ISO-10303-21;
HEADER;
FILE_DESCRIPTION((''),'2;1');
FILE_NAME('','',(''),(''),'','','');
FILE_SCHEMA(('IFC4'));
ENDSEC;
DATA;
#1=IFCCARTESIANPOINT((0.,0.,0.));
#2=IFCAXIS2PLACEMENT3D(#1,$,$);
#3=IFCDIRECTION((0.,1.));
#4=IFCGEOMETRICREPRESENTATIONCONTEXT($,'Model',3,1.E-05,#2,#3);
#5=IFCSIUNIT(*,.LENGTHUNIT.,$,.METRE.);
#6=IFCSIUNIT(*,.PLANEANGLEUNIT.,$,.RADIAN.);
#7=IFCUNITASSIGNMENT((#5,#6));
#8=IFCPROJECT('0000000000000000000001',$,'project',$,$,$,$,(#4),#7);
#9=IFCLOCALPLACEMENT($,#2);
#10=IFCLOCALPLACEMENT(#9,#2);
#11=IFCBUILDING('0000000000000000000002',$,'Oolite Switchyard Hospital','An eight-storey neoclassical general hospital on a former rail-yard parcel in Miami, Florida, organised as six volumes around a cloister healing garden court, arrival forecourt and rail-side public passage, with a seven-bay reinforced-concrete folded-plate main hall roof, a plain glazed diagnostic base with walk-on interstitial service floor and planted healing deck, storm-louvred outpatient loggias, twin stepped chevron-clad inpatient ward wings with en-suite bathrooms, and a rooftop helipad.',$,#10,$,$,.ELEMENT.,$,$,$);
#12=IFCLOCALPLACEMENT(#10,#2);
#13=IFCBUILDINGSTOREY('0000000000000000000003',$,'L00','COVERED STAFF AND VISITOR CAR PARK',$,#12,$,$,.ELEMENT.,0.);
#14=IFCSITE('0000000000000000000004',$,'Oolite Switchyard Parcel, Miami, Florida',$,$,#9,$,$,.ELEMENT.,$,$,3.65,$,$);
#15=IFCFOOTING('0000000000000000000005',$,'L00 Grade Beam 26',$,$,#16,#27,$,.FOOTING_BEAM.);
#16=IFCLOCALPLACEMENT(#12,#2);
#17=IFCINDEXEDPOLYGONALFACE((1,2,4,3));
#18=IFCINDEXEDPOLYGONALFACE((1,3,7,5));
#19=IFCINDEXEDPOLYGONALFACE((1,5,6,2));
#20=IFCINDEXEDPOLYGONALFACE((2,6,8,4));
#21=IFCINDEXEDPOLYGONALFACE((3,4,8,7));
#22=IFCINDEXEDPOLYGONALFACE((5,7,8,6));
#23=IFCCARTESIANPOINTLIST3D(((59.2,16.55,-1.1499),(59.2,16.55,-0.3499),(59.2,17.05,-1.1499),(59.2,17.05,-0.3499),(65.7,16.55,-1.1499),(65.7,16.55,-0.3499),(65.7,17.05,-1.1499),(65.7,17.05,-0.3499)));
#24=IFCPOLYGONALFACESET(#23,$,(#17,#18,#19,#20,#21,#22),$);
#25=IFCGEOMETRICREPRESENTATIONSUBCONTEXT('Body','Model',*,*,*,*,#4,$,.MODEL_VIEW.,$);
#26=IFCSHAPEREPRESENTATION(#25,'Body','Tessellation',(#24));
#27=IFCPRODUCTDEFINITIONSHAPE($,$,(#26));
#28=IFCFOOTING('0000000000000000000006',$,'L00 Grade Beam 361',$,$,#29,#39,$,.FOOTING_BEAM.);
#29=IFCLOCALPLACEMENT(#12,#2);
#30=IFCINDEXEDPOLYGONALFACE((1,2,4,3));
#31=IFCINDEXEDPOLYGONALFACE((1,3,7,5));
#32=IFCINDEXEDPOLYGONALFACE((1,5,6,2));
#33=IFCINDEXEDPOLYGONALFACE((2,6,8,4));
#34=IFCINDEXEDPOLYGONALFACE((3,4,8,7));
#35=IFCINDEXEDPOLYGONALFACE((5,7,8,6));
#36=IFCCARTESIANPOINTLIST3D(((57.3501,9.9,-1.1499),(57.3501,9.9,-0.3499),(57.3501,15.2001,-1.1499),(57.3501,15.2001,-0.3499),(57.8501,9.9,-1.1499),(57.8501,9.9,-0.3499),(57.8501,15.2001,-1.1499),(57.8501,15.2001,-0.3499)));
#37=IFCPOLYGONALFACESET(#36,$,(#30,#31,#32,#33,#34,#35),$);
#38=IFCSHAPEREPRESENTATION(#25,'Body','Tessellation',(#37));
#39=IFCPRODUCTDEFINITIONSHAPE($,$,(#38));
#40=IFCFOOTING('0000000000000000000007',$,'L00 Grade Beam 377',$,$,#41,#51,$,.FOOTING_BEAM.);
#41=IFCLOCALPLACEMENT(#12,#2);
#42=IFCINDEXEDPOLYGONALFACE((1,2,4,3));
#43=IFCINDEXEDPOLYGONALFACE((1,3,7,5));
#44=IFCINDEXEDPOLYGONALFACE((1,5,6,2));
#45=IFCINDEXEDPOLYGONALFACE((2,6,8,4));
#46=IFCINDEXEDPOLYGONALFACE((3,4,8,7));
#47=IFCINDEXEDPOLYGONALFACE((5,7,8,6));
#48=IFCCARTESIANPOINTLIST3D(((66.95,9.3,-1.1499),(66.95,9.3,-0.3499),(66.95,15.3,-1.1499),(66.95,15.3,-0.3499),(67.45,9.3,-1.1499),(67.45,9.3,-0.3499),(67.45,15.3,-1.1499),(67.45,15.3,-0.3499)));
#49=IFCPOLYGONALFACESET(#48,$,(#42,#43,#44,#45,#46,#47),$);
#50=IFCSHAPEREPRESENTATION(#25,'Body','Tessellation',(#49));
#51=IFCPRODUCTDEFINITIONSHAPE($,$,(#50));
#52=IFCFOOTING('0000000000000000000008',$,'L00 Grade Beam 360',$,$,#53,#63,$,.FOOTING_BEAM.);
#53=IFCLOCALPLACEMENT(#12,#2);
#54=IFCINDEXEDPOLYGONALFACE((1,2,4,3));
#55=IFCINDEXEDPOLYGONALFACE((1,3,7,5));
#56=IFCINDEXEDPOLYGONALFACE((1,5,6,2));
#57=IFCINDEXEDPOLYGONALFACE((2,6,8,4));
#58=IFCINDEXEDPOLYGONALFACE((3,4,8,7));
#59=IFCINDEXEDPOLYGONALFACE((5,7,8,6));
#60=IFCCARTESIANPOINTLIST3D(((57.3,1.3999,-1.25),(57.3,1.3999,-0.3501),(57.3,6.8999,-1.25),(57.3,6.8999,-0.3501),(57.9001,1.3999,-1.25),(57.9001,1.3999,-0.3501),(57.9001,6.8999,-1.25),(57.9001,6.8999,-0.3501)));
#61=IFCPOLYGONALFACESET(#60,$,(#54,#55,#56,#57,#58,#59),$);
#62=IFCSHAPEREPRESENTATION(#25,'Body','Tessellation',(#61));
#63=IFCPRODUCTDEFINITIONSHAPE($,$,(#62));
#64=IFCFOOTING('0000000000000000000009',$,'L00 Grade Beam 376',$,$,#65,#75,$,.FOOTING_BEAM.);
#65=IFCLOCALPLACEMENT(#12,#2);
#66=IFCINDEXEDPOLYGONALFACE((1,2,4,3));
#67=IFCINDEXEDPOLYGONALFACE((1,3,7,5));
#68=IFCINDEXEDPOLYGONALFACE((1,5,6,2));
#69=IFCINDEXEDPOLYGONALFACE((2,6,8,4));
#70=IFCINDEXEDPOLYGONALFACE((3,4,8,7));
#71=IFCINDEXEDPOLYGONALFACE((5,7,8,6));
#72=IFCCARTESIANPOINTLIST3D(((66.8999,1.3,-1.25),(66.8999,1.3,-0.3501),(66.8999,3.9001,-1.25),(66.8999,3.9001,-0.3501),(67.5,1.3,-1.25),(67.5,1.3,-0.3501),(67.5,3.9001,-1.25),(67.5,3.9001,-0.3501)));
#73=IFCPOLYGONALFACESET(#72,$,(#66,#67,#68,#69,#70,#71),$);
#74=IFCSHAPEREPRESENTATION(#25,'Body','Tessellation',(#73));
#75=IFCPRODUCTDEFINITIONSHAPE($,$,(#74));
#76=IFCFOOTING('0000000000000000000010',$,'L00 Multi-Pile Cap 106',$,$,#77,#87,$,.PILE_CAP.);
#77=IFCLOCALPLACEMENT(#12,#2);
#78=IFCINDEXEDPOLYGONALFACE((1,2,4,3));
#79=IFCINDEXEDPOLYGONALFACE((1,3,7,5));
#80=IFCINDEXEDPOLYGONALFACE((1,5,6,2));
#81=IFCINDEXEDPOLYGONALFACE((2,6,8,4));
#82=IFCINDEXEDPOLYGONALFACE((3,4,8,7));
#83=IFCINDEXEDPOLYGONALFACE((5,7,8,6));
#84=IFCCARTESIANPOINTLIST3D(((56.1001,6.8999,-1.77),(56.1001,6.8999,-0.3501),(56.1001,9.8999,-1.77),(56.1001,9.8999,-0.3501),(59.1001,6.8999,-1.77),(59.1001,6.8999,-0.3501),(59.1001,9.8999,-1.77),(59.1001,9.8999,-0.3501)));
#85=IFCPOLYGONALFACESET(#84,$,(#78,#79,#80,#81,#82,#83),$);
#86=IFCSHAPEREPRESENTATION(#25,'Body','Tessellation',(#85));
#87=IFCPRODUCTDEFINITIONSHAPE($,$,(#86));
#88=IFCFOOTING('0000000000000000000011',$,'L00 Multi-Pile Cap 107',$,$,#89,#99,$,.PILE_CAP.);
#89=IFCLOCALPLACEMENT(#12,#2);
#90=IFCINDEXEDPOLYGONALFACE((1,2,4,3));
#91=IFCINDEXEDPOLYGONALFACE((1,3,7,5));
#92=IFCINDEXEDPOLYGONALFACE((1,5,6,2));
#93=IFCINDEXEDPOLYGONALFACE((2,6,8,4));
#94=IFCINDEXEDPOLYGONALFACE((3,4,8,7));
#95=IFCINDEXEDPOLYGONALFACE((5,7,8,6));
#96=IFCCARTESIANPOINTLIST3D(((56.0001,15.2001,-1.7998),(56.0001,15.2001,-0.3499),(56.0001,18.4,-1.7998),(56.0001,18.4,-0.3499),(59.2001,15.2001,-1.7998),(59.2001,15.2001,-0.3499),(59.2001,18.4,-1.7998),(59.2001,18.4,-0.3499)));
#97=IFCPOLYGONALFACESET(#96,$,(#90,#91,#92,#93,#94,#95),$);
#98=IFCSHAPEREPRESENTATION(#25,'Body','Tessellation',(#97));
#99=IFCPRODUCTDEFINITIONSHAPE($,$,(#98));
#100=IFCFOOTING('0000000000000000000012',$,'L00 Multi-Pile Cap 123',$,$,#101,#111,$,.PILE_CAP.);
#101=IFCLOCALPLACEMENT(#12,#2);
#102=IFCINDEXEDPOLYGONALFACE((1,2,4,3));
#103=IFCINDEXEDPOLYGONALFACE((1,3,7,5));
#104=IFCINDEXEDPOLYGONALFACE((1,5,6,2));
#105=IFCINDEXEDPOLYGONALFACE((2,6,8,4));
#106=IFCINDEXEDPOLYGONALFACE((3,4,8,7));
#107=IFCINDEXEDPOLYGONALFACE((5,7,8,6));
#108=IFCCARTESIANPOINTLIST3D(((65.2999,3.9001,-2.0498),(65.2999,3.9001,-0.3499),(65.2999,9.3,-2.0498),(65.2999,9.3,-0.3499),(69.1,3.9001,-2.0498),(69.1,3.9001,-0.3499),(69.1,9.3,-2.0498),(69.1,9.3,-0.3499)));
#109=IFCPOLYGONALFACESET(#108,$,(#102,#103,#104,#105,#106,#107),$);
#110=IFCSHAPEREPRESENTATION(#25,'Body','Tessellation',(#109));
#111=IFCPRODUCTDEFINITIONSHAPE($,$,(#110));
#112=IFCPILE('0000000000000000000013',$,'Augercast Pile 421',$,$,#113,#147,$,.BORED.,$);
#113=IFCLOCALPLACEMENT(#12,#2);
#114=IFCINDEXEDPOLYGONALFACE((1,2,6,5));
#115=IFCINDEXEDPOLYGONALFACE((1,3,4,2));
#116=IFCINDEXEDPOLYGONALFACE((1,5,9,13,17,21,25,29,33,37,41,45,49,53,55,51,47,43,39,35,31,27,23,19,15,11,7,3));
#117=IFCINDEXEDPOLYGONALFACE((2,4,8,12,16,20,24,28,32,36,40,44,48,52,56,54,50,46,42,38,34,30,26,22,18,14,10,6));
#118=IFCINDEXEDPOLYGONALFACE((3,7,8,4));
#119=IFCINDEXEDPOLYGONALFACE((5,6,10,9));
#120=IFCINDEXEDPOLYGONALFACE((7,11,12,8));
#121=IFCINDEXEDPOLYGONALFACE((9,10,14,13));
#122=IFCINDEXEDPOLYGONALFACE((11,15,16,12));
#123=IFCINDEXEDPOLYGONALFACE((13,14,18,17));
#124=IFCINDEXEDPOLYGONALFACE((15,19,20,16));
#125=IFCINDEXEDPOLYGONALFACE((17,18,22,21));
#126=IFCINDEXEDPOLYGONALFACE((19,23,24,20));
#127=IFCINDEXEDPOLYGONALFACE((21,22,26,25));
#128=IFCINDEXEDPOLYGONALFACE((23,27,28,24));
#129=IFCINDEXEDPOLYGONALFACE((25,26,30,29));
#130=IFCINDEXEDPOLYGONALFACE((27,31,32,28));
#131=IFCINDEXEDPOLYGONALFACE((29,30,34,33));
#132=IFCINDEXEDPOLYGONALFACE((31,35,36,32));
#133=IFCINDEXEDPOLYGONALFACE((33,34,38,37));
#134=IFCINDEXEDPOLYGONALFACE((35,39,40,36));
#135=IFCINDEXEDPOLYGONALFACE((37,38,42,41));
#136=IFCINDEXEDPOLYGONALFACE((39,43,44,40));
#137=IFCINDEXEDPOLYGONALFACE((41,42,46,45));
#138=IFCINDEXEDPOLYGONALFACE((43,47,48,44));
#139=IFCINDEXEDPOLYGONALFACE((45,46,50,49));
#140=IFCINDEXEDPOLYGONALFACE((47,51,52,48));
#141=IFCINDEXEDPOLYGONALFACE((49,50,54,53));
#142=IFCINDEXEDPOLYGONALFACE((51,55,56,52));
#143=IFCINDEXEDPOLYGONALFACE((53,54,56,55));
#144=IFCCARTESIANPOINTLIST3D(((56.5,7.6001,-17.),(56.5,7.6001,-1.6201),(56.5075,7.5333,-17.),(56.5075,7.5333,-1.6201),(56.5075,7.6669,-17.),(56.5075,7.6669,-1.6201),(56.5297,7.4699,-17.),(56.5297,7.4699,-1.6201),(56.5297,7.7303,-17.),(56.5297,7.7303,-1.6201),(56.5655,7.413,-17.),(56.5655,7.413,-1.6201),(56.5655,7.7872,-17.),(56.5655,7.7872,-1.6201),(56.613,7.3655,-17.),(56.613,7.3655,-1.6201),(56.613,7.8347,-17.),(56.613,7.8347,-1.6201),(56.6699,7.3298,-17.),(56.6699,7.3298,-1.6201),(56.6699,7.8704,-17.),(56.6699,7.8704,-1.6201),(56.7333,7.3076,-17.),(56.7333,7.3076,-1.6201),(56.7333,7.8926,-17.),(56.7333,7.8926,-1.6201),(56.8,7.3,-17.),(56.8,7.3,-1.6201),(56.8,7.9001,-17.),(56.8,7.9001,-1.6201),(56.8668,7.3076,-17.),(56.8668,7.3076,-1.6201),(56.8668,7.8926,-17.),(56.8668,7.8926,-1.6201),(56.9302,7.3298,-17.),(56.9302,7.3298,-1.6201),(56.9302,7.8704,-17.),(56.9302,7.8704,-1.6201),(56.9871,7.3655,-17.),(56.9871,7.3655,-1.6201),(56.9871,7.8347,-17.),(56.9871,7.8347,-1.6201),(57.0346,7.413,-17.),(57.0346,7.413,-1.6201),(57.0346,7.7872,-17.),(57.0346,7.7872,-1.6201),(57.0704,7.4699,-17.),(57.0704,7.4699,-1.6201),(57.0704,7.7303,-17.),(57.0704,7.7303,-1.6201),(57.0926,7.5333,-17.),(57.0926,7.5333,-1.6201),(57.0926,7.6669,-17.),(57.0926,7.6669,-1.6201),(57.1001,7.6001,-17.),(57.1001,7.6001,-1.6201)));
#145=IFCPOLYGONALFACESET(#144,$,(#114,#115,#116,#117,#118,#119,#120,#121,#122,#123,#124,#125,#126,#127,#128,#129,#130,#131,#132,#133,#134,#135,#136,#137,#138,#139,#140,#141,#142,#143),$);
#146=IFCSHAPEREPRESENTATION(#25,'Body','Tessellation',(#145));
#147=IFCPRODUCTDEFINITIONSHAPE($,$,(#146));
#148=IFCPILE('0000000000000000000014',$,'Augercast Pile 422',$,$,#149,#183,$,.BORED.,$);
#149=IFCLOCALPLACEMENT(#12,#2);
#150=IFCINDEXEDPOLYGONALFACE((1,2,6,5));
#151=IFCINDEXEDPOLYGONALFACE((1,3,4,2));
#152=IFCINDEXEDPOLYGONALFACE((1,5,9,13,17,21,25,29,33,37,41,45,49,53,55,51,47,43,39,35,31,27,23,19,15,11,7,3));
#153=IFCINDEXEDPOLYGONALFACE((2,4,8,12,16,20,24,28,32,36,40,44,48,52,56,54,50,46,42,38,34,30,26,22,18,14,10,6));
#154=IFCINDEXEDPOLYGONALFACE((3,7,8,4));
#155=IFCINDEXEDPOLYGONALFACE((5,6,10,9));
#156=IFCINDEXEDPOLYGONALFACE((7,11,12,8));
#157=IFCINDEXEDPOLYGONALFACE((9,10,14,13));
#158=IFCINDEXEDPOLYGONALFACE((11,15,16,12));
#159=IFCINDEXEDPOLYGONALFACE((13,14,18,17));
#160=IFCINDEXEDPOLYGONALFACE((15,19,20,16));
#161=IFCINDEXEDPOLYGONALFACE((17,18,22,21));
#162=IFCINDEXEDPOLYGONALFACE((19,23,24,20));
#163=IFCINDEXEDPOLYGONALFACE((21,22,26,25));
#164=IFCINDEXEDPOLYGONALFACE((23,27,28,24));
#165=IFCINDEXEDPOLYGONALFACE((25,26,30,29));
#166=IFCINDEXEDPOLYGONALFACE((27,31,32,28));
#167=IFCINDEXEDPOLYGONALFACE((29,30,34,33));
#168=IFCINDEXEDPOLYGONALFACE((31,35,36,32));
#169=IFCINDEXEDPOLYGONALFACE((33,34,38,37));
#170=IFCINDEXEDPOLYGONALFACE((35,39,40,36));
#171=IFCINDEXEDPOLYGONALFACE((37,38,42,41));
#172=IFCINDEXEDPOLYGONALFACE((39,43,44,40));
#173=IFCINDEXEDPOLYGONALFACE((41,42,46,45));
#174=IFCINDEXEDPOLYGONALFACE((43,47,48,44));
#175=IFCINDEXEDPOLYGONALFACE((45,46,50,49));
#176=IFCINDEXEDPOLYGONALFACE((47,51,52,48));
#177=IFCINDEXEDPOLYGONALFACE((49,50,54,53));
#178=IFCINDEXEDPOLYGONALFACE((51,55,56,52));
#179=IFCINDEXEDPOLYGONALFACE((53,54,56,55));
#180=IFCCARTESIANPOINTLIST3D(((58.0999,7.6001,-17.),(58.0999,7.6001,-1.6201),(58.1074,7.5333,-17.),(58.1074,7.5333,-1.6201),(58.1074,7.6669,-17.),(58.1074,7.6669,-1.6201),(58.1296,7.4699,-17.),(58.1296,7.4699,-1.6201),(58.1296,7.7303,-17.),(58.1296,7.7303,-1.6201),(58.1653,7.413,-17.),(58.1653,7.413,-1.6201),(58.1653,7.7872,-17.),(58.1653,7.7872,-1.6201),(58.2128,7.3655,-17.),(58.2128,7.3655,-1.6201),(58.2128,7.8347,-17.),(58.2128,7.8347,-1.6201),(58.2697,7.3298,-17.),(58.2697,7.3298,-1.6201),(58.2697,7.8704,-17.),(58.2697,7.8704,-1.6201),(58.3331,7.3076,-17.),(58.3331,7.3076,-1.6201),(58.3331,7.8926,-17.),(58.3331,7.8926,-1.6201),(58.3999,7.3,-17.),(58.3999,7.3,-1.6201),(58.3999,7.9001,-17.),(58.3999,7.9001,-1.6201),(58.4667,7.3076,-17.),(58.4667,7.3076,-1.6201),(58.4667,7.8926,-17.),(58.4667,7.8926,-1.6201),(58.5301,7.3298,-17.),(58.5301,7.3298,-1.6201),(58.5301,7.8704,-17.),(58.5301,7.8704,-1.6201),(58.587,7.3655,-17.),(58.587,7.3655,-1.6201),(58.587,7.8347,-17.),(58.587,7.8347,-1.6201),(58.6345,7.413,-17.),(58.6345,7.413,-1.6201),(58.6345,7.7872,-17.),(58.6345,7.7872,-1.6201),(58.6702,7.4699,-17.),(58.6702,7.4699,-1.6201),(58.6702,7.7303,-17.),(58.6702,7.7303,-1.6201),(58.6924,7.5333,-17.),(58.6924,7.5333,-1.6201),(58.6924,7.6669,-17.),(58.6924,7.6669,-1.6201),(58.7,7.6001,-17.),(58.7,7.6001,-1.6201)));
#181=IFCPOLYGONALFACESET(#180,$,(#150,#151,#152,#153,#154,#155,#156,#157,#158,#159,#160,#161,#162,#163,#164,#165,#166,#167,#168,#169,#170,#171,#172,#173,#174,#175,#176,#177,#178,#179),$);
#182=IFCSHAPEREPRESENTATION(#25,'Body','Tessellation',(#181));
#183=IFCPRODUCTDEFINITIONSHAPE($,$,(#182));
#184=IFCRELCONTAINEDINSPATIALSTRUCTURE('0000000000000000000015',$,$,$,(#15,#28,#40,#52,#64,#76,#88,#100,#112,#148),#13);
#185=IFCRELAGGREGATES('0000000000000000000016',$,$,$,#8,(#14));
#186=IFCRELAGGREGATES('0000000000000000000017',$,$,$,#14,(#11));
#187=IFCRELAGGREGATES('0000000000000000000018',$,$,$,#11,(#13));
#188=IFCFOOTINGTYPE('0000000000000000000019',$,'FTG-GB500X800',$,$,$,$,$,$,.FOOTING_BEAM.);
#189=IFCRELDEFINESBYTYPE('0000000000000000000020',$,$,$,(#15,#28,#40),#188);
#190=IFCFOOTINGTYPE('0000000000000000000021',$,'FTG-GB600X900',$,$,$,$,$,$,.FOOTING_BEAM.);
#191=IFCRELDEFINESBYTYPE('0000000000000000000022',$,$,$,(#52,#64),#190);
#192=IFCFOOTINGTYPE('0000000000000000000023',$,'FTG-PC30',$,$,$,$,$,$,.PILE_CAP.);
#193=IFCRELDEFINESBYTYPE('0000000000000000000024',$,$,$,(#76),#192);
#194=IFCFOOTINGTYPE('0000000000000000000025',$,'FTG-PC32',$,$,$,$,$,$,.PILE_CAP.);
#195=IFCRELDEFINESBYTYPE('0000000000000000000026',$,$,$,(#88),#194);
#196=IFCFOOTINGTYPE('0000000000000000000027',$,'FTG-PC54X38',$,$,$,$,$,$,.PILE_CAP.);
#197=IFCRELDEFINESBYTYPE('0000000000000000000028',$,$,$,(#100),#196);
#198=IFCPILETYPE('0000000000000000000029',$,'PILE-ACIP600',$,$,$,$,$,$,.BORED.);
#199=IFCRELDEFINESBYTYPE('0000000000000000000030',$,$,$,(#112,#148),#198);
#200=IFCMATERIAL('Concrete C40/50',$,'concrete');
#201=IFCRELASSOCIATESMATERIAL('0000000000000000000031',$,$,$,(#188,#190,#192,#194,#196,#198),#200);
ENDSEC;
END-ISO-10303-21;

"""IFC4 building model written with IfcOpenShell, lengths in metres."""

from ifc_helpers import new_model, si_unit, direction, frame, origin, origin_2d, place, context, subcontext, project, spatial, rectangle, circle, extrude, material, material_profile, profile_set, type_object, element, save


model = new_model("IFC4")

# Units and contexts
model_context = context("Model", 3, precision=1e-05, world=origin(), true_north=direction((0.0, 1.0)))
body_context = subcontext(model_context, "Body", "Model", "MODEL_VIEW")
ifc_project = project(units=[si_unit("LENGTHUNIT", "METRE"), si_unit("PLANEANGLEUNIT", "RADIAN")], contexts=[model_context])

# Site, building, storey
site_placement = place(None, origin())
site = spatial("IfcSite", under=ifc_project, at=site_placement, Name="Oolite Switchyard Parcel, Miami, Florida", CompositionType="ELEMENT", RefElevation=3.65)
building_placement = place(site_placement, origin())
building = spatial("IfcBuilding", under=site, at=building_placement, Name="Oolite Switchyard Hospital", Description="An eight-storey neoclassical general hospital on a former rail-yard parcel in Miami, Florida, organised as six volumes around a cloister healing garden court, arrival forecourt and rail-side public passage, with a seven-bay reinforced-concrete folded-plate main hall roof, a plain glazed diagnostic base with walk-on interstitial service floor and planted healing deck, storm-louvred outpatient loggias, twin stepped chevron-clad inpatient ward wings with en-suite bathrooms, and a rooftop helipad.", CompositionType="ELEMENT")
storey_placement = place(building_placement, origin())
storey = spatial("IfcBuildingStorey", under=building, at=storey_placement, Name="L00", Description="COVERED STAFF AND VISITOR CAR PARK", CompositionType="ELEMENT", Elevation=0.0)

# Footings
ifc_material_1 = material(Name="Concrete C40/50", Category="concrete")
footing_type_1 = type_object("IfcFootingType", Name="FTG-GB500X800", PredefinedType="FOOTING_BEAM", material=ifc_material_1)
footing_1_placement = place(storey_placement, frame((62.45, 16.8, -1.1499), z_axis=(0.0, 0.0, 1.0), x_axis=(1.0, 0.0, 0.0)))
element("IfcFooting", 1, at=footing_1_placement, inside=storey, type_object=footing_type_1, Name="L00 Grade Beam 26", PredefinedType="FOOTING_BEAM", context=body_context, shape_type="SweptSolid", body=[
    extrude(rectangle(XDim=6.5, YDim=0.5, at=origin_2d()), origin(), (0.0, 0.0, 1.0), 0.8),
])
footing_2_placement = place(storey_placement, frame((57.6001, 12.55, -1.1499), z_axis=(0.0, 0.0, 1.0), x_axis=(0.0, 1.0, 0.0)))
element("IfcFooting", 2, at=footing_2_placement, inside=storey, type_object=footing_type_1, Name="L00 Grade Beam 361", PredefinedType="FOOTING_BEAM", context=body_context, shape_type="SweptSolid", body=[
    extrude(rectangle(XDim=5.3, YDim=0.5, at=origin_2d()), origin(), (0.0, 0.0, 1.0), 0.8),
])
footing_3_placement = place(storey_placement, frame((67.2, 12.3, -1.1499), z_axis=(0.0, 0.0, 1.0), x_axis=(0.0, 1.0, 0.0)))
element("IfcFooting", 3, at=footing_3_placement, inside=storey, type_object=footing_type_1, Name="L00 Grade Beam 377", PredefinedType="FOOTING_BEAM", context=body_context, shape_type="SweptSolid", body=[
    extrude(rectangle(XDim=6.0, YDim=0.5, at=origin_2d()), origin(), (0.0, 0.0, 1.0), 0.8),
])
footing_type_2 = type_object("IfcFootingType", Name="FTG-GB600X900", PredefinedType="FOOTING_BEAM", material=ifc_material_1)
footing_4_placement = place(storey_placement, frame((57.6001, 4.1499, -1.25), z_axis=(0.0, 0.0, 1.0), x_axis=(0.0, 1.0, 0.0)))
element("IfcFooting", 4, at=footing_4_placement, inside=storey, type_object=footing_type_2, Name="L00 Grade Beam 360", PredefinedType="FOOTING_BEAM", context=body_context, shape_type="SweptSolid", body=[
    extrude(rectangle(XDim=5.5, YDim=0.6001, at=origin_2d()), origin(), (0.0, 0.0, 1.0), 0.8999),
])
footing_5_placement = place(storey_placement, frame((67.2, 2.6001, -1.25), z_axis=(0.0, 0.0, 1.0), x_axis=(0.0, 1.0, 0.0)))
element("IfcFooting", 5, at=footing_5_placement, inside=storey, type_object=footing_type_2, Name="L00 Grade Beam 376", PredefinedType="FOOTING_BEAM", context=body_context, shape_type="SweptSolid", body=[
    extrude(rectangle(XDim=2.6001, YDim=0.6001, at=origin_2d()), origin(), (0.0, 0.0, 1.0), 0.8999),
])
footing_type_3 = type_object("IfcFootingType", Name="FTG-PC30", PredefinedType="PILE_CAP", material=ifc_material_1)
footing_6_placement = place(storey_placement, frame((57.6001, 8.3999, -1.77), z_axis=(0.0, 0.0, 1.0), x_axis=(1.0, 0.0, 0.0)))
element("IfcFooting", 6, at=footing_6_placement, inside=storey, type_object=footing_type_3, Name="L00 Multi-Pile Cap 106", PredefinedType="PILE_CAP", context=body_context, shape_type="SweptSolid", body=[
    extrude(rectangle(XDim=3.0, YDim=3.0, at=origin_2d()), origin(), (0.0, 0.0, 1.0), 1.4199),
])
footing_type_4 = type_object("IfcFootingType", Name="FTG-PC32", PredefinedType="PILE_CAP", material=ifc_material_1)
footing_7_placement = place(storey_placement, frame((57.6001, 16.8, -1.7998), z_axis=(0.0, 0.0, 1.0), x_axis=(1.0, 0.0, 0.0)))
element("IfcFooting", 7, at=footing_7_placement, inside=storey, type_object=footing_type_4, Name="L00 Multi-Pile Cap 107", PredefinedType="PILE_CAP", context=body_context, shape_type="SweptSolid", body=[
    extrude(rectangle(XDim=3.2, YDim=3.2, at=origin_2d()), origin(), (0.0, 0.0, 1.0), 1.45),
])
footing_type_5 = type_object("IfcFootingType", Name="FTG-PC54X38", PredefinedType="PILE_CAP", material=ifc_material_1)
footing_8_placement = place(storey_placement, frame((67.2, 6.6001, -2.0498), z_axis=(0.0, 0.0, 1.0), x_axis=(0.0, 1.0, 0.0)))
element("IfcFooting", 8, at=footing_8_placement, inside=storey, type_object=footing_type_5, Name="L00 Multi-Pile Cap 123", PredefinedType="PILE_CAP", context=body_context, shape_type="SweptSolid", body=[
    extrude(rectangle(XDim=5.3999, YDim=3.8, at=origin_2d()), origin(), (0.0, 0.0, 1.0), 1.7),
])

# Piles
ifc_material_profile_1 = material_profile(ifc_material_1, circle(Radius=0.3, at=origin_2d()), Name="PILE600")
ifc_profile_set_1 = profile_set([ifc_material_profile_1], Name="Concrete C40/50")
pile_type_1 = type_object("IfcPileType", Name="PILE-ACIP600", PredefinedType="BORED", material=ifc_profile_set_1)
for number, where, z_axis, x_axis, name in (
    (9, (56.8, 7.6001, -1.6201), (0.0, 0.0, -1.0), (1.0, 0.0, 0.0), "Augercast Pile 421"),
    (10, (58.3999, 7.6001, -1.6201), (0.0, 0.0, -1.0), (1.0, 0.0, 0.0), "Augercast Pile 422"),
):
    element("IfcPile", number, at=place(storey_placement, frame(where, z_axis=z_axis, x_axis=x_axis)), inside=storey, type_object=pile_type_1, Name=name, PredefinedType="BORED", context=body_context, shape_type="SweptSolid", body=[
        extrude(circle(Radius=0.3, at=origin_2d()), origin(), (0.0, 0.0, 1.0), 15.3799),
    ])

save(model, "model.ifc")
